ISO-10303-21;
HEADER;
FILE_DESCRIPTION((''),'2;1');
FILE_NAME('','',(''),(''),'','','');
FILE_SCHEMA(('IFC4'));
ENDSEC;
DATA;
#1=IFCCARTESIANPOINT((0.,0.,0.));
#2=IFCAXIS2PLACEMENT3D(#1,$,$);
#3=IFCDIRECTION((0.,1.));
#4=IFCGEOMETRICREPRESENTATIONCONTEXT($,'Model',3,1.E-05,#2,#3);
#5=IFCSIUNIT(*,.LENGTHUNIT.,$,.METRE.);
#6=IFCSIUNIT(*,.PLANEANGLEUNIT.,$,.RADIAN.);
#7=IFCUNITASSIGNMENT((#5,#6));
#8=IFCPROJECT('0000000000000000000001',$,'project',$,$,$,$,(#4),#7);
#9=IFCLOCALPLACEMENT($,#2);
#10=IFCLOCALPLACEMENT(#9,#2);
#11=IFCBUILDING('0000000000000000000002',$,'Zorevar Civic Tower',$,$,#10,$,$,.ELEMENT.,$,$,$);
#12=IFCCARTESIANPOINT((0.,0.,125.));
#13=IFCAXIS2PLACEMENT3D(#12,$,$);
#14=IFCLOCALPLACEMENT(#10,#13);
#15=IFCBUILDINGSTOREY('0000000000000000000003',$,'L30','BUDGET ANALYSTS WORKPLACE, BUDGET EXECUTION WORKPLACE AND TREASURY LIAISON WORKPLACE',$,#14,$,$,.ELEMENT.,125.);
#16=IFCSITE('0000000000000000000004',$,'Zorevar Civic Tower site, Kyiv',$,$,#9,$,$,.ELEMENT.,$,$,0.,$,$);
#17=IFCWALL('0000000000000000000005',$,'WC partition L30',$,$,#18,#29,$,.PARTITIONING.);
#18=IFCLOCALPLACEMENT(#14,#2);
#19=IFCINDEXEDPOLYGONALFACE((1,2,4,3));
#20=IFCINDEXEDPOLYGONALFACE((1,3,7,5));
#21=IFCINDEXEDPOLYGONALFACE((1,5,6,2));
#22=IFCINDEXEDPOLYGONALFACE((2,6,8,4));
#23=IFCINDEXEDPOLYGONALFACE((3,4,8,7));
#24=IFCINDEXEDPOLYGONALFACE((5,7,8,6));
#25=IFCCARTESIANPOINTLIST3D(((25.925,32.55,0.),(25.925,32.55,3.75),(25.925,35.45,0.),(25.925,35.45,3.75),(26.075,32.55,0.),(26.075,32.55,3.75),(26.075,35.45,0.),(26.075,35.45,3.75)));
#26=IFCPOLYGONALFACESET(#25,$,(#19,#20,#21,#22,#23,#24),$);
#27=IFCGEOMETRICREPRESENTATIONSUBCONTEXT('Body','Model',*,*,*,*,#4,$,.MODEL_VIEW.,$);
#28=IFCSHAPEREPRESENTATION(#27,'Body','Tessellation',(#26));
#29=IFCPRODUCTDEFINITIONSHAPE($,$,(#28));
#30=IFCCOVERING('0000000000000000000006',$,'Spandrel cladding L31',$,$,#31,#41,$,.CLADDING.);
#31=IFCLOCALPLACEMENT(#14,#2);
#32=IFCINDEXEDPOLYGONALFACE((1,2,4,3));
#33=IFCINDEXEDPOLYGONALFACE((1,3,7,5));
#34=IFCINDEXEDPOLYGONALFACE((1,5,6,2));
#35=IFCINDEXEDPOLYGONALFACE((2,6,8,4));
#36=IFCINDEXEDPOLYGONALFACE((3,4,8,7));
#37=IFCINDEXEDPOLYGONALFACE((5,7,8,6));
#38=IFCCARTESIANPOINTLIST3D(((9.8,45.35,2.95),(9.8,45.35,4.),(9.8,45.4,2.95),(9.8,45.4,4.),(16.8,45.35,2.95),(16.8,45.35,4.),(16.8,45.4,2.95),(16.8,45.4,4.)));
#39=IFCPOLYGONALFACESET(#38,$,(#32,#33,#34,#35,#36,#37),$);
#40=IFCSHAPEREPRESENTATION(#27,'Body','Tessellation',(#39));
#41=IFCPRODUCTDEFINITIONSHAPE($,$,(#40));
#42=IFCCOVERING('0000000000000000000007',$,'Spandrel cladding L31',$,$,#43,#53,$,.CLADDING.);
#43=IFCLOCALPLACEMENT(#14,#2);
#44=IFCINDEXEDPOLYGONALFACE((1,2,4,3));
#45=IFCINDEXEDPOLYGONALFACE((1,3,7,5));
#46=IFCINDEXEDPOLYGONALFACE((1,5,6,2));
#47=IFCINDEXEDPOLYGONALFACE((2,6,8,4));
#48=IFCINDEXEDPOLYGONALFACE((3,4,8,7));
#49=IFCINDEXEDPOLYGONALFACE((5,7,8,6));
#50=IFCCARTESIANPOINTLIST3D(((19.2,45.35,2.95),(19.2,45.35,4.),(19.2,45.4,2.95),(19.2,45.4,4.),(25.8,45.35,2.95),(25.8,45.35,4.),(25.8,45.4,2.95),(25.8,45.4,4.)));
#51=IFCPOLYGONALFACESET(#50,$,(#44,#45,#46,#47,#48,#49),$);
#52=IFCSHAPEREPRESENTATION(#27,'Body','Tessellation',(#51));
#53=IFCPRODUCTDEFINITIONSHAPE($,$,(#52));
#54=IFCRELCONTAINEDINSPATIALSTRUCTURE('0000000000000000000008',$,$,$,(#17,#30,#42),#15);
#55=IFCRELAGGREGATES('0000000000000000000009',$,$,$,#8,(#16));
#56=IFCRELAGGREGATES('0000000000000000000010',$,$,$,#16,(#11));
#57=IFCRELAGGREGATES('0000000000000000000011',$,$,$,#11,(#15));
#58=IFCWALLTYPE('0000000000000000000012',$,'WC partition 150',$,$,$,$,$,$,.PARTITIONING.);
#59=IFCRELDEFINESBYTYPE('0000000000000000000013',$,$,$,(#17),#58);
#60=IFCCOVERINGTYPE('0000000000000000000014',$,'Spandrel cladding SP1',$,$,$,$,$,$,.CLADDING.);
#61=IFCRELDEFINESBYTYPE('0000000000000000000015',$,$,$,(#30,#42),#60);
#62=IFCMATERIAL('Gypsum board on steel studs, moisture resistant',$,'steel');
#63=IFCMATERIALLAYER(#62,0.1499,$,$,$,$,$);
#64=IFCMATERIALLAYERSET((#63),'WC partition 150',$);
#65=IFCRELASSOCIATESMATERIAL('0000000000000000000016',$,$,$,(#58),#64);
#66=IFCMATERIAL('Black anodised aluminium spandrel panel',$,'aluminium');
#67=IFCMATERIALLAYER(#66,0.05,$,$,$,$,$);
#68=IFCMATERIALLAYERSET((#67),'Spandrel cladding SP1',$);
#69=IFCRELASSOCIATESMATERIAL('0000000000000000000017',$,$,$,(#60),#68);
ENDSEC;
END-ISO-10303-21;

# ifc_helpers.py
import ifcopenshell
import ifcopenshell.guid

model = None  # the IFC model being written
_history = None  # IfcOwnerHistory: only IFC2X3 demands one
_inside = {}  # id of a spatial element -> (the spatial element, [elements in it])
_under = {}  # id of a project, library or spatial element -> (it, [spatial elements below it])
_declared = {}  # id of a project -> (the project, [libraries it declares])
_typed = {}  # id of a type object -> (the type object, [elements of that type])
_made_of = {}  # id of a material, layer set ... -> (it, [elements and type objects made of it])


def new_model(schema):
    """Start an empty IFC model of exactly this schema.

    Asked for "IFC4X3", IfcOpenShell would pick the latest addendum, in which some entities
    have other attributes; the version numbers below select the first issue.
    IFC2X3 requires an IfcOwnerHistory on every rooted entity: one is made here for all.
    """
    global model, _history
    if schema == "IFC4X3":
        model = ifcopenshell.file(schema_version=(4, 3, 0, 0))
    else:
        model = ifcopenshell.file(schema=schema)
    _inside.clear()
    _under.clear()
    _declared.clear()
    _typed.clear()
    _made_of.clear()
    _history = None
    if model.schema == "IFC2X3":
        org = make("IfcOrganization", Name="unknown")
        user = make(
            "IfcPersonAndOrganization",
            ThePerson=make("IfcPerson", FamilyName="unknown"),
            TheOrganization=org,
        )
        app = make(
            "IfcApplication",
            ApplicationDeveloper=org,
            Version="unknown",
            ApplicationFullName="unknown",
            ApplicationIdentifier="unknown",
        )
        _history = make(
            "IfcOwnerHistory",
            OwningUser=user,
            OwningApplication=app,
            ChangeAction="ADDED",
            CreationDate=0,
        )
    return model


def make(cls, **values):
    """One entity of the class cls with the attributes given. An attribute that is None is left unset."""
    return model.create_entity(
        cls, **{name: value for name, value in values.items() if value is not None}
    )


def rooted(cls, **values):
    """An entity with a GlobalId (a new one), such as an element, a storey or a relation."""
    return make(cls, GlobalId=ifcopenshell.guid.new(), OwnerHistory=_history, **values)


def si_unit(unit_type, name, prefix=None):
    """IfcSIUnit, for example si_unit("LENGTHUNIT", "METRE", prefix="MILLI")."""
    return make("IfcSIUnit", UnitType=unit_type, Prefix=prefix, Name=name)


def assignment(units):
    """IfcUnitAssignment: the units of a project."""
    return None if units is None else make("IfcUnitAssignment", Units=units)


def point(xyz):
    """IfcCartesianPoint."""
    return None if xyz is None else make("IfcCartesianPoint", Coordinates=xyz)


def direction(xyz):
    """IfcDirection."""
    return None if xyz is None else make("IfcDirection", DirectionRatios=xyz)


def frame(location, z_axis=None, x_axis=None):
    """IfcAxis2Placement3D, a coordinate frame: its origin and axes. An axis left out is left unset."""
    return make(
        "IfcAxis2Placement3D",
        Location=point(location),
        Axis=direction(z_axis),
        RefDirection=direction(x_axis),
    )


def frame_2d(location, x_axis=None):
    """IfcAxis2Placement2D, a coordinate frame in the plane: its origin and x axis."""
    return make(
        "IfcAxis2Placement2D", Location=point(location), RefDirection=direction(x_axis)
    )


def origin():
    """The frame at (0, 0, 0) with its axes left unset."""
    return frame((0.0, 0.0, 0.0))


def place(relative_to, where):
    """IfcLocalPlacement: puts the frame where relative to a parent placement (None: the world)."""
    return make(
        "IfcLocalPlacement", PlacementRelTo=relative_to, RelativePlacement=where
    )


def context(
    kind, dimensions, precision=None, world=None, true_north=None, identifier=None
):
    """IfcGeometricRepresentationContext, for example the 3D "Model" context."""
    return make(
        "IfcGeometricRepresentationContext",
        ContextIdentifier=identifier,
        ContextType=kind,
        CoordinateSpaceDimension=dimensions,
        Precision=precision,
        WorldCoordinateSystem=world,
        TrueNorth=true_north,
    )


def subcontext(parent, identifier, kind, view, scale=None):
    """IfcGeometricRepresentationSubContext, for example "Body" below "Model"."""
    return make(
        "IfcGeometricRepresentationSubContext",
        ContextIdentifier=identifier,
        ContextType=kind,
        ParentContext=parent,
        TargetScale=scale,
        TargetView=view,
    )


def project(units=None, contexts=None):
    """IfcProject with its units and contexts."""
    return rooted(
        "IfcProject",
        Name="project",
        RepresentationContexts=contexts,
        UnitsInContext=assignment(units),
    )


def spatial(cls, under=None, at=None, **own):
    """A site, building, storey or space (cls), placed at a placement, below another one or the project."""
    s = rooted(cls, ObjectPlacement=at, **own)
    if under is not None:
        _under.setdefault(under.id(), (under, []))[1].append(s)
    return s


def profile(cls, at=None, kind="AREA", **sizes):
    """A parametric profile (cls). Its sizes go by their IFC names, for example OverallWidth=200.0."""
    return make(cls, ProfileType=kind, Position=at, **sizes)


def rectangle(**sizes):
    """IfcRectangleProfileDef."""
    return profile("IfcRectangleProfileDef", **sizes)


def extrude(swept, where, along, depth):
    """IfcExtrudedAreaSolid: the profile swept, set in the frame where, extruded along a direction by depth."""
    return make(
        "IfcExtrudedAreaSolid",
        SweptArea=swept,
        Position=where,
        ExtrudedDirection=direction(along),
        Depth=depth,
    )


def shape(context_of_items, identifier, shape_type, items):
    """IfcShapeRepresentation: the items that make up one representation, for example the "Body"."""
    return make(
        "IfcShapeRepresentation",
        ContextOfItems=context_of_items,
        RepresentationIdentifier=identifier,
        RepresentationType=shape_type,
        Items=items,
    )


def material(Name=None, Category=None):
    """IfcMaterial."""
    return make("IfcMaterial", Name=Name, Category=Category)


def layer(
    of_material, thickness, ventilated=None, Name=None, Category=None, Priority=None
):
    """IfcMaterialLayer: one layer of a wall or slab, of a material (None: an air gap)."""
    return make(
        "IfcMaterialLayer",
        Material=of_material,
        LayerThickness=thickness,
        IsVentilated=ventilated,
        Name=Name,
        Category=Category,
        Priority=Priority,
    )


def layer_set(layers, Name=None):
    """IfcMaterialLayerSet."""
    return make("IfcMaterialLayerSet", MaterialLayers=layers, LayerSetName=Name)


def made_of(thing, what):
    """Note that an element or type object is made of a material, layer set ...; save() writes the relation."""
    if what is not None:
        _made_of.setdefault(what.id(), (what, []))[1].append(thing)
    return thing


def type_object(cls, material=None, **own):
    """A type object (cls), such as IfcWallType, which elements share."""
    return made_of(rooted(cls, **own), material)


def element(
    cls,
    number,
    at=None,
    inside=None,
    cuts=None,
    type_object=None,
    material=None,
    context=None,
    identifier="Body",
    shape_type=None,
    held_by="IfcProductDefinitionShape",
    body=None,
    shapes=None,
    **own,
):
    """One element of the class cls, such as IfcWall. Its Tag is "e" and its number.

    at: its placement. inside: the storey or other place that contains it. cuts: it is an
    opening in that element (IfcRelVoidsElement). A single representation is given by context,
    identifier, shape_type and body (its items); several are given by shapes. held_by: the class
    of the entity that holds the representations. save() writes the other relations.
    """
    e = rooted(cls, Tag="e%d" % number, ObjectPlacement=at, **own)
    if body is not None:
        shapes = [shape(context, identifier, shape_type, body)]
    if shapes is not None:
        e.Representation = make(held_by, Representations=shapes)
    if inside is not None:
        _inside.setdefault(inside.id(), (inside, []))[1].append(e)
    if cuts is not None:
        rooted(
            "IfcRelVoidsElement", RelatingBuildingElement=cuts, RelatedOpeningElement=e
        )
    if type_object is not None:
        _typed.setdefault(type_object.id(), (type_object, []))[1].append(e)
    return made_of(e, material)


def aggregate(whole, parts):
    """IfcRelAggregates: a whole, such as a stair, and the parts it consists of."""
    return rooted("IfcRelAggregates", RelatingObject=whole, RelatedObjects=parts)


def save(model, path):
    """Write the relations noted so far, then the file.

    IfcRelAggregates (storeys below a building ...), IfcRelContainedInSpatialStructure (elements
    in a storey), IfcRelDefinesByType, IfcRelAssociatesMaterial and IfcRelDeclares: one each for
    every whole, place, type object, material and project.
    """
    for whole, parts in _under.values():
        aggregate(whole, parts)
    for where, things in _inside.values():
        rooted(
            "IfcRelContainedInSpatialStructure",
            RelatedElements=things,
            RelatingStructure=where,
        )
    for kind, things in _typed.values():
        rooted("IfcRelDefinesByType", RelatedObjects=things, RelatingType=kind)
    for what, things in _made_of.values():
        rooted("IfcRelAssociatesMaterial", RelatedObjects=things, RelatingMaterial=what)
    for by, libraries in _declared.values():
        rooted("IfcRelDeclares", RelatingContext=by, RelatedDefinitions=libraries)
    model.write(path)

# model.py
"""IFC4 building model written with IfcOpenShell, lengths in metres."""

from ifc_helpers import new_model, si_unit, direction, frame, frame_2d, origin, place, context, subcontext, project, spatial, rectangle, extrude, material, layer, layer_set, type_object, element, save


model = new_model("IFC4")

# Units and contexts
model_context = context("Model", 3, precision=1e-05, world=origin(), true_north=direction((0.0, 1.0)))
body_context = subcontext(model_context, "Body", "Model", "MODEL_VIEW")
ifc_project = project(units=[si_unit("LENGTHUNIT", "METRE"), si_unit("PLANEANGLEUNIT", "RADIAN")], contexts=[model_context])

# Site, building, storey
site_placement = place(None, origin())
site = spatial("IfcSite", under=ifc_project, at=site_placement, Name="Zorevar Civic Tower site, Kyiv", CompositionType="ELEMENT", RefElevation=0.0)
building_placement = place(site_placement, origin())
building = spatial("IfcBuilding", under=site, at=building_placement, Name="Zorevar Civic Tower", CompositionType="ELEMENT")
storey_placement = place(building_placement, frame((0.0, 0.0, 125.0)))
storey = spatial("IfcBuildingStorey", under=building, at=storey_placement, Name="L30", Description="BUDGET ANALYSTS WORKPLACE, BUDGET EXECUTION WORKPLACE AND TREASURY LIAISON WORKPLACE", CompositionType="ELEMENT", Elevation=125.0)

# Wall
ifc_material_1 = material(Name="Gypsum board on steel studs, moisture resistant", Category="steel")
ifc_layer_1 = layer(ifc_material_1, 0.1499)
ifc_layer_set_1 = layer_set([ifc_layer_1], Name="WC partition 150")
wall_type_1 = type_object("IfcWallType", Name="WC partition 150", PredefinedType="PARTITIONING", material=ifc_layer_set_1)
wall_1_placement = place(storey_placement, frame((26.0, 32.55, 0.0), z_axis=(0.0, 0.0, 1.0), x_axis=(0.0, 1.0, 0.0)))
element("IfcWall", 1, at=wall_1_placement, inside=storey, type_object=wall_type_1, Name="WC partition L30", PredefinedType="PARTITIONING", context=body_context, shape_type="SweptSolid", body=[
    extrude(rectangle(XDim=2.8999, YDim=0.1499, at=frame_2d((1.45, 0.0))), origin(), (0.0, 0.0, 1.0), 3.75),
])

# Coverings
ifc_material_2 = material(Name="Black anodised aluminium spandrel panel", Category="aluminium")
ifc_layer_2 = layer(ifc_material_2, 0.05)
ifc_layer_set_2 = layer_set([ifc_layer_2], Name="Spandrel cladding SP1")
covering_type = type_object("IfcCoveringType", Name="Spandrel cladding SP1", PredefinedType="CLADDING", material=ifc_layer_set_2)
covering_1_placement = place(storey_placement, frame((9.8, 45.375, 2.95), z_axis=(0.0, 0.0, 1.0), x_axis=(1.0, 0.0, 0.0)))
element("IfcCovering", 2, at=covering_1_placement, inside=storey, type_object=covering_type, Name="Spandrel cladding L31", PredefinedType="CLADDING", context=body_context, shape_type="SweptSolid", body=[
    extrude(rectangle(XDim=7.0, YDim=0.05, at=frame_2d((3.5, 0.0))), origin(), (0.0, 0.0, 1.0), 1.05),
])
covering_2_placement = place(storey_placement, frame((19.2, 45.375, 2.95), z_axis=(0.0, 0.0, 1.0), x_axis=(1.0, 0.0, 0.0)))
element("IfcCovering", 3, at=covering_2_placement, inside=storey, type_object=covering_type, Name="Spandrel cladding L31", PredefinedType="CLADDING", context=body_context, shape_type="SweptSolid", body=[
    extrude(rectangle(XDim=6.6001, YDim=0.05, at=frame_2d((3.3, 0.0))), origin(), (0.0, 0.0, 1.0), 1.05),
])

save(model, "model.ifc")
